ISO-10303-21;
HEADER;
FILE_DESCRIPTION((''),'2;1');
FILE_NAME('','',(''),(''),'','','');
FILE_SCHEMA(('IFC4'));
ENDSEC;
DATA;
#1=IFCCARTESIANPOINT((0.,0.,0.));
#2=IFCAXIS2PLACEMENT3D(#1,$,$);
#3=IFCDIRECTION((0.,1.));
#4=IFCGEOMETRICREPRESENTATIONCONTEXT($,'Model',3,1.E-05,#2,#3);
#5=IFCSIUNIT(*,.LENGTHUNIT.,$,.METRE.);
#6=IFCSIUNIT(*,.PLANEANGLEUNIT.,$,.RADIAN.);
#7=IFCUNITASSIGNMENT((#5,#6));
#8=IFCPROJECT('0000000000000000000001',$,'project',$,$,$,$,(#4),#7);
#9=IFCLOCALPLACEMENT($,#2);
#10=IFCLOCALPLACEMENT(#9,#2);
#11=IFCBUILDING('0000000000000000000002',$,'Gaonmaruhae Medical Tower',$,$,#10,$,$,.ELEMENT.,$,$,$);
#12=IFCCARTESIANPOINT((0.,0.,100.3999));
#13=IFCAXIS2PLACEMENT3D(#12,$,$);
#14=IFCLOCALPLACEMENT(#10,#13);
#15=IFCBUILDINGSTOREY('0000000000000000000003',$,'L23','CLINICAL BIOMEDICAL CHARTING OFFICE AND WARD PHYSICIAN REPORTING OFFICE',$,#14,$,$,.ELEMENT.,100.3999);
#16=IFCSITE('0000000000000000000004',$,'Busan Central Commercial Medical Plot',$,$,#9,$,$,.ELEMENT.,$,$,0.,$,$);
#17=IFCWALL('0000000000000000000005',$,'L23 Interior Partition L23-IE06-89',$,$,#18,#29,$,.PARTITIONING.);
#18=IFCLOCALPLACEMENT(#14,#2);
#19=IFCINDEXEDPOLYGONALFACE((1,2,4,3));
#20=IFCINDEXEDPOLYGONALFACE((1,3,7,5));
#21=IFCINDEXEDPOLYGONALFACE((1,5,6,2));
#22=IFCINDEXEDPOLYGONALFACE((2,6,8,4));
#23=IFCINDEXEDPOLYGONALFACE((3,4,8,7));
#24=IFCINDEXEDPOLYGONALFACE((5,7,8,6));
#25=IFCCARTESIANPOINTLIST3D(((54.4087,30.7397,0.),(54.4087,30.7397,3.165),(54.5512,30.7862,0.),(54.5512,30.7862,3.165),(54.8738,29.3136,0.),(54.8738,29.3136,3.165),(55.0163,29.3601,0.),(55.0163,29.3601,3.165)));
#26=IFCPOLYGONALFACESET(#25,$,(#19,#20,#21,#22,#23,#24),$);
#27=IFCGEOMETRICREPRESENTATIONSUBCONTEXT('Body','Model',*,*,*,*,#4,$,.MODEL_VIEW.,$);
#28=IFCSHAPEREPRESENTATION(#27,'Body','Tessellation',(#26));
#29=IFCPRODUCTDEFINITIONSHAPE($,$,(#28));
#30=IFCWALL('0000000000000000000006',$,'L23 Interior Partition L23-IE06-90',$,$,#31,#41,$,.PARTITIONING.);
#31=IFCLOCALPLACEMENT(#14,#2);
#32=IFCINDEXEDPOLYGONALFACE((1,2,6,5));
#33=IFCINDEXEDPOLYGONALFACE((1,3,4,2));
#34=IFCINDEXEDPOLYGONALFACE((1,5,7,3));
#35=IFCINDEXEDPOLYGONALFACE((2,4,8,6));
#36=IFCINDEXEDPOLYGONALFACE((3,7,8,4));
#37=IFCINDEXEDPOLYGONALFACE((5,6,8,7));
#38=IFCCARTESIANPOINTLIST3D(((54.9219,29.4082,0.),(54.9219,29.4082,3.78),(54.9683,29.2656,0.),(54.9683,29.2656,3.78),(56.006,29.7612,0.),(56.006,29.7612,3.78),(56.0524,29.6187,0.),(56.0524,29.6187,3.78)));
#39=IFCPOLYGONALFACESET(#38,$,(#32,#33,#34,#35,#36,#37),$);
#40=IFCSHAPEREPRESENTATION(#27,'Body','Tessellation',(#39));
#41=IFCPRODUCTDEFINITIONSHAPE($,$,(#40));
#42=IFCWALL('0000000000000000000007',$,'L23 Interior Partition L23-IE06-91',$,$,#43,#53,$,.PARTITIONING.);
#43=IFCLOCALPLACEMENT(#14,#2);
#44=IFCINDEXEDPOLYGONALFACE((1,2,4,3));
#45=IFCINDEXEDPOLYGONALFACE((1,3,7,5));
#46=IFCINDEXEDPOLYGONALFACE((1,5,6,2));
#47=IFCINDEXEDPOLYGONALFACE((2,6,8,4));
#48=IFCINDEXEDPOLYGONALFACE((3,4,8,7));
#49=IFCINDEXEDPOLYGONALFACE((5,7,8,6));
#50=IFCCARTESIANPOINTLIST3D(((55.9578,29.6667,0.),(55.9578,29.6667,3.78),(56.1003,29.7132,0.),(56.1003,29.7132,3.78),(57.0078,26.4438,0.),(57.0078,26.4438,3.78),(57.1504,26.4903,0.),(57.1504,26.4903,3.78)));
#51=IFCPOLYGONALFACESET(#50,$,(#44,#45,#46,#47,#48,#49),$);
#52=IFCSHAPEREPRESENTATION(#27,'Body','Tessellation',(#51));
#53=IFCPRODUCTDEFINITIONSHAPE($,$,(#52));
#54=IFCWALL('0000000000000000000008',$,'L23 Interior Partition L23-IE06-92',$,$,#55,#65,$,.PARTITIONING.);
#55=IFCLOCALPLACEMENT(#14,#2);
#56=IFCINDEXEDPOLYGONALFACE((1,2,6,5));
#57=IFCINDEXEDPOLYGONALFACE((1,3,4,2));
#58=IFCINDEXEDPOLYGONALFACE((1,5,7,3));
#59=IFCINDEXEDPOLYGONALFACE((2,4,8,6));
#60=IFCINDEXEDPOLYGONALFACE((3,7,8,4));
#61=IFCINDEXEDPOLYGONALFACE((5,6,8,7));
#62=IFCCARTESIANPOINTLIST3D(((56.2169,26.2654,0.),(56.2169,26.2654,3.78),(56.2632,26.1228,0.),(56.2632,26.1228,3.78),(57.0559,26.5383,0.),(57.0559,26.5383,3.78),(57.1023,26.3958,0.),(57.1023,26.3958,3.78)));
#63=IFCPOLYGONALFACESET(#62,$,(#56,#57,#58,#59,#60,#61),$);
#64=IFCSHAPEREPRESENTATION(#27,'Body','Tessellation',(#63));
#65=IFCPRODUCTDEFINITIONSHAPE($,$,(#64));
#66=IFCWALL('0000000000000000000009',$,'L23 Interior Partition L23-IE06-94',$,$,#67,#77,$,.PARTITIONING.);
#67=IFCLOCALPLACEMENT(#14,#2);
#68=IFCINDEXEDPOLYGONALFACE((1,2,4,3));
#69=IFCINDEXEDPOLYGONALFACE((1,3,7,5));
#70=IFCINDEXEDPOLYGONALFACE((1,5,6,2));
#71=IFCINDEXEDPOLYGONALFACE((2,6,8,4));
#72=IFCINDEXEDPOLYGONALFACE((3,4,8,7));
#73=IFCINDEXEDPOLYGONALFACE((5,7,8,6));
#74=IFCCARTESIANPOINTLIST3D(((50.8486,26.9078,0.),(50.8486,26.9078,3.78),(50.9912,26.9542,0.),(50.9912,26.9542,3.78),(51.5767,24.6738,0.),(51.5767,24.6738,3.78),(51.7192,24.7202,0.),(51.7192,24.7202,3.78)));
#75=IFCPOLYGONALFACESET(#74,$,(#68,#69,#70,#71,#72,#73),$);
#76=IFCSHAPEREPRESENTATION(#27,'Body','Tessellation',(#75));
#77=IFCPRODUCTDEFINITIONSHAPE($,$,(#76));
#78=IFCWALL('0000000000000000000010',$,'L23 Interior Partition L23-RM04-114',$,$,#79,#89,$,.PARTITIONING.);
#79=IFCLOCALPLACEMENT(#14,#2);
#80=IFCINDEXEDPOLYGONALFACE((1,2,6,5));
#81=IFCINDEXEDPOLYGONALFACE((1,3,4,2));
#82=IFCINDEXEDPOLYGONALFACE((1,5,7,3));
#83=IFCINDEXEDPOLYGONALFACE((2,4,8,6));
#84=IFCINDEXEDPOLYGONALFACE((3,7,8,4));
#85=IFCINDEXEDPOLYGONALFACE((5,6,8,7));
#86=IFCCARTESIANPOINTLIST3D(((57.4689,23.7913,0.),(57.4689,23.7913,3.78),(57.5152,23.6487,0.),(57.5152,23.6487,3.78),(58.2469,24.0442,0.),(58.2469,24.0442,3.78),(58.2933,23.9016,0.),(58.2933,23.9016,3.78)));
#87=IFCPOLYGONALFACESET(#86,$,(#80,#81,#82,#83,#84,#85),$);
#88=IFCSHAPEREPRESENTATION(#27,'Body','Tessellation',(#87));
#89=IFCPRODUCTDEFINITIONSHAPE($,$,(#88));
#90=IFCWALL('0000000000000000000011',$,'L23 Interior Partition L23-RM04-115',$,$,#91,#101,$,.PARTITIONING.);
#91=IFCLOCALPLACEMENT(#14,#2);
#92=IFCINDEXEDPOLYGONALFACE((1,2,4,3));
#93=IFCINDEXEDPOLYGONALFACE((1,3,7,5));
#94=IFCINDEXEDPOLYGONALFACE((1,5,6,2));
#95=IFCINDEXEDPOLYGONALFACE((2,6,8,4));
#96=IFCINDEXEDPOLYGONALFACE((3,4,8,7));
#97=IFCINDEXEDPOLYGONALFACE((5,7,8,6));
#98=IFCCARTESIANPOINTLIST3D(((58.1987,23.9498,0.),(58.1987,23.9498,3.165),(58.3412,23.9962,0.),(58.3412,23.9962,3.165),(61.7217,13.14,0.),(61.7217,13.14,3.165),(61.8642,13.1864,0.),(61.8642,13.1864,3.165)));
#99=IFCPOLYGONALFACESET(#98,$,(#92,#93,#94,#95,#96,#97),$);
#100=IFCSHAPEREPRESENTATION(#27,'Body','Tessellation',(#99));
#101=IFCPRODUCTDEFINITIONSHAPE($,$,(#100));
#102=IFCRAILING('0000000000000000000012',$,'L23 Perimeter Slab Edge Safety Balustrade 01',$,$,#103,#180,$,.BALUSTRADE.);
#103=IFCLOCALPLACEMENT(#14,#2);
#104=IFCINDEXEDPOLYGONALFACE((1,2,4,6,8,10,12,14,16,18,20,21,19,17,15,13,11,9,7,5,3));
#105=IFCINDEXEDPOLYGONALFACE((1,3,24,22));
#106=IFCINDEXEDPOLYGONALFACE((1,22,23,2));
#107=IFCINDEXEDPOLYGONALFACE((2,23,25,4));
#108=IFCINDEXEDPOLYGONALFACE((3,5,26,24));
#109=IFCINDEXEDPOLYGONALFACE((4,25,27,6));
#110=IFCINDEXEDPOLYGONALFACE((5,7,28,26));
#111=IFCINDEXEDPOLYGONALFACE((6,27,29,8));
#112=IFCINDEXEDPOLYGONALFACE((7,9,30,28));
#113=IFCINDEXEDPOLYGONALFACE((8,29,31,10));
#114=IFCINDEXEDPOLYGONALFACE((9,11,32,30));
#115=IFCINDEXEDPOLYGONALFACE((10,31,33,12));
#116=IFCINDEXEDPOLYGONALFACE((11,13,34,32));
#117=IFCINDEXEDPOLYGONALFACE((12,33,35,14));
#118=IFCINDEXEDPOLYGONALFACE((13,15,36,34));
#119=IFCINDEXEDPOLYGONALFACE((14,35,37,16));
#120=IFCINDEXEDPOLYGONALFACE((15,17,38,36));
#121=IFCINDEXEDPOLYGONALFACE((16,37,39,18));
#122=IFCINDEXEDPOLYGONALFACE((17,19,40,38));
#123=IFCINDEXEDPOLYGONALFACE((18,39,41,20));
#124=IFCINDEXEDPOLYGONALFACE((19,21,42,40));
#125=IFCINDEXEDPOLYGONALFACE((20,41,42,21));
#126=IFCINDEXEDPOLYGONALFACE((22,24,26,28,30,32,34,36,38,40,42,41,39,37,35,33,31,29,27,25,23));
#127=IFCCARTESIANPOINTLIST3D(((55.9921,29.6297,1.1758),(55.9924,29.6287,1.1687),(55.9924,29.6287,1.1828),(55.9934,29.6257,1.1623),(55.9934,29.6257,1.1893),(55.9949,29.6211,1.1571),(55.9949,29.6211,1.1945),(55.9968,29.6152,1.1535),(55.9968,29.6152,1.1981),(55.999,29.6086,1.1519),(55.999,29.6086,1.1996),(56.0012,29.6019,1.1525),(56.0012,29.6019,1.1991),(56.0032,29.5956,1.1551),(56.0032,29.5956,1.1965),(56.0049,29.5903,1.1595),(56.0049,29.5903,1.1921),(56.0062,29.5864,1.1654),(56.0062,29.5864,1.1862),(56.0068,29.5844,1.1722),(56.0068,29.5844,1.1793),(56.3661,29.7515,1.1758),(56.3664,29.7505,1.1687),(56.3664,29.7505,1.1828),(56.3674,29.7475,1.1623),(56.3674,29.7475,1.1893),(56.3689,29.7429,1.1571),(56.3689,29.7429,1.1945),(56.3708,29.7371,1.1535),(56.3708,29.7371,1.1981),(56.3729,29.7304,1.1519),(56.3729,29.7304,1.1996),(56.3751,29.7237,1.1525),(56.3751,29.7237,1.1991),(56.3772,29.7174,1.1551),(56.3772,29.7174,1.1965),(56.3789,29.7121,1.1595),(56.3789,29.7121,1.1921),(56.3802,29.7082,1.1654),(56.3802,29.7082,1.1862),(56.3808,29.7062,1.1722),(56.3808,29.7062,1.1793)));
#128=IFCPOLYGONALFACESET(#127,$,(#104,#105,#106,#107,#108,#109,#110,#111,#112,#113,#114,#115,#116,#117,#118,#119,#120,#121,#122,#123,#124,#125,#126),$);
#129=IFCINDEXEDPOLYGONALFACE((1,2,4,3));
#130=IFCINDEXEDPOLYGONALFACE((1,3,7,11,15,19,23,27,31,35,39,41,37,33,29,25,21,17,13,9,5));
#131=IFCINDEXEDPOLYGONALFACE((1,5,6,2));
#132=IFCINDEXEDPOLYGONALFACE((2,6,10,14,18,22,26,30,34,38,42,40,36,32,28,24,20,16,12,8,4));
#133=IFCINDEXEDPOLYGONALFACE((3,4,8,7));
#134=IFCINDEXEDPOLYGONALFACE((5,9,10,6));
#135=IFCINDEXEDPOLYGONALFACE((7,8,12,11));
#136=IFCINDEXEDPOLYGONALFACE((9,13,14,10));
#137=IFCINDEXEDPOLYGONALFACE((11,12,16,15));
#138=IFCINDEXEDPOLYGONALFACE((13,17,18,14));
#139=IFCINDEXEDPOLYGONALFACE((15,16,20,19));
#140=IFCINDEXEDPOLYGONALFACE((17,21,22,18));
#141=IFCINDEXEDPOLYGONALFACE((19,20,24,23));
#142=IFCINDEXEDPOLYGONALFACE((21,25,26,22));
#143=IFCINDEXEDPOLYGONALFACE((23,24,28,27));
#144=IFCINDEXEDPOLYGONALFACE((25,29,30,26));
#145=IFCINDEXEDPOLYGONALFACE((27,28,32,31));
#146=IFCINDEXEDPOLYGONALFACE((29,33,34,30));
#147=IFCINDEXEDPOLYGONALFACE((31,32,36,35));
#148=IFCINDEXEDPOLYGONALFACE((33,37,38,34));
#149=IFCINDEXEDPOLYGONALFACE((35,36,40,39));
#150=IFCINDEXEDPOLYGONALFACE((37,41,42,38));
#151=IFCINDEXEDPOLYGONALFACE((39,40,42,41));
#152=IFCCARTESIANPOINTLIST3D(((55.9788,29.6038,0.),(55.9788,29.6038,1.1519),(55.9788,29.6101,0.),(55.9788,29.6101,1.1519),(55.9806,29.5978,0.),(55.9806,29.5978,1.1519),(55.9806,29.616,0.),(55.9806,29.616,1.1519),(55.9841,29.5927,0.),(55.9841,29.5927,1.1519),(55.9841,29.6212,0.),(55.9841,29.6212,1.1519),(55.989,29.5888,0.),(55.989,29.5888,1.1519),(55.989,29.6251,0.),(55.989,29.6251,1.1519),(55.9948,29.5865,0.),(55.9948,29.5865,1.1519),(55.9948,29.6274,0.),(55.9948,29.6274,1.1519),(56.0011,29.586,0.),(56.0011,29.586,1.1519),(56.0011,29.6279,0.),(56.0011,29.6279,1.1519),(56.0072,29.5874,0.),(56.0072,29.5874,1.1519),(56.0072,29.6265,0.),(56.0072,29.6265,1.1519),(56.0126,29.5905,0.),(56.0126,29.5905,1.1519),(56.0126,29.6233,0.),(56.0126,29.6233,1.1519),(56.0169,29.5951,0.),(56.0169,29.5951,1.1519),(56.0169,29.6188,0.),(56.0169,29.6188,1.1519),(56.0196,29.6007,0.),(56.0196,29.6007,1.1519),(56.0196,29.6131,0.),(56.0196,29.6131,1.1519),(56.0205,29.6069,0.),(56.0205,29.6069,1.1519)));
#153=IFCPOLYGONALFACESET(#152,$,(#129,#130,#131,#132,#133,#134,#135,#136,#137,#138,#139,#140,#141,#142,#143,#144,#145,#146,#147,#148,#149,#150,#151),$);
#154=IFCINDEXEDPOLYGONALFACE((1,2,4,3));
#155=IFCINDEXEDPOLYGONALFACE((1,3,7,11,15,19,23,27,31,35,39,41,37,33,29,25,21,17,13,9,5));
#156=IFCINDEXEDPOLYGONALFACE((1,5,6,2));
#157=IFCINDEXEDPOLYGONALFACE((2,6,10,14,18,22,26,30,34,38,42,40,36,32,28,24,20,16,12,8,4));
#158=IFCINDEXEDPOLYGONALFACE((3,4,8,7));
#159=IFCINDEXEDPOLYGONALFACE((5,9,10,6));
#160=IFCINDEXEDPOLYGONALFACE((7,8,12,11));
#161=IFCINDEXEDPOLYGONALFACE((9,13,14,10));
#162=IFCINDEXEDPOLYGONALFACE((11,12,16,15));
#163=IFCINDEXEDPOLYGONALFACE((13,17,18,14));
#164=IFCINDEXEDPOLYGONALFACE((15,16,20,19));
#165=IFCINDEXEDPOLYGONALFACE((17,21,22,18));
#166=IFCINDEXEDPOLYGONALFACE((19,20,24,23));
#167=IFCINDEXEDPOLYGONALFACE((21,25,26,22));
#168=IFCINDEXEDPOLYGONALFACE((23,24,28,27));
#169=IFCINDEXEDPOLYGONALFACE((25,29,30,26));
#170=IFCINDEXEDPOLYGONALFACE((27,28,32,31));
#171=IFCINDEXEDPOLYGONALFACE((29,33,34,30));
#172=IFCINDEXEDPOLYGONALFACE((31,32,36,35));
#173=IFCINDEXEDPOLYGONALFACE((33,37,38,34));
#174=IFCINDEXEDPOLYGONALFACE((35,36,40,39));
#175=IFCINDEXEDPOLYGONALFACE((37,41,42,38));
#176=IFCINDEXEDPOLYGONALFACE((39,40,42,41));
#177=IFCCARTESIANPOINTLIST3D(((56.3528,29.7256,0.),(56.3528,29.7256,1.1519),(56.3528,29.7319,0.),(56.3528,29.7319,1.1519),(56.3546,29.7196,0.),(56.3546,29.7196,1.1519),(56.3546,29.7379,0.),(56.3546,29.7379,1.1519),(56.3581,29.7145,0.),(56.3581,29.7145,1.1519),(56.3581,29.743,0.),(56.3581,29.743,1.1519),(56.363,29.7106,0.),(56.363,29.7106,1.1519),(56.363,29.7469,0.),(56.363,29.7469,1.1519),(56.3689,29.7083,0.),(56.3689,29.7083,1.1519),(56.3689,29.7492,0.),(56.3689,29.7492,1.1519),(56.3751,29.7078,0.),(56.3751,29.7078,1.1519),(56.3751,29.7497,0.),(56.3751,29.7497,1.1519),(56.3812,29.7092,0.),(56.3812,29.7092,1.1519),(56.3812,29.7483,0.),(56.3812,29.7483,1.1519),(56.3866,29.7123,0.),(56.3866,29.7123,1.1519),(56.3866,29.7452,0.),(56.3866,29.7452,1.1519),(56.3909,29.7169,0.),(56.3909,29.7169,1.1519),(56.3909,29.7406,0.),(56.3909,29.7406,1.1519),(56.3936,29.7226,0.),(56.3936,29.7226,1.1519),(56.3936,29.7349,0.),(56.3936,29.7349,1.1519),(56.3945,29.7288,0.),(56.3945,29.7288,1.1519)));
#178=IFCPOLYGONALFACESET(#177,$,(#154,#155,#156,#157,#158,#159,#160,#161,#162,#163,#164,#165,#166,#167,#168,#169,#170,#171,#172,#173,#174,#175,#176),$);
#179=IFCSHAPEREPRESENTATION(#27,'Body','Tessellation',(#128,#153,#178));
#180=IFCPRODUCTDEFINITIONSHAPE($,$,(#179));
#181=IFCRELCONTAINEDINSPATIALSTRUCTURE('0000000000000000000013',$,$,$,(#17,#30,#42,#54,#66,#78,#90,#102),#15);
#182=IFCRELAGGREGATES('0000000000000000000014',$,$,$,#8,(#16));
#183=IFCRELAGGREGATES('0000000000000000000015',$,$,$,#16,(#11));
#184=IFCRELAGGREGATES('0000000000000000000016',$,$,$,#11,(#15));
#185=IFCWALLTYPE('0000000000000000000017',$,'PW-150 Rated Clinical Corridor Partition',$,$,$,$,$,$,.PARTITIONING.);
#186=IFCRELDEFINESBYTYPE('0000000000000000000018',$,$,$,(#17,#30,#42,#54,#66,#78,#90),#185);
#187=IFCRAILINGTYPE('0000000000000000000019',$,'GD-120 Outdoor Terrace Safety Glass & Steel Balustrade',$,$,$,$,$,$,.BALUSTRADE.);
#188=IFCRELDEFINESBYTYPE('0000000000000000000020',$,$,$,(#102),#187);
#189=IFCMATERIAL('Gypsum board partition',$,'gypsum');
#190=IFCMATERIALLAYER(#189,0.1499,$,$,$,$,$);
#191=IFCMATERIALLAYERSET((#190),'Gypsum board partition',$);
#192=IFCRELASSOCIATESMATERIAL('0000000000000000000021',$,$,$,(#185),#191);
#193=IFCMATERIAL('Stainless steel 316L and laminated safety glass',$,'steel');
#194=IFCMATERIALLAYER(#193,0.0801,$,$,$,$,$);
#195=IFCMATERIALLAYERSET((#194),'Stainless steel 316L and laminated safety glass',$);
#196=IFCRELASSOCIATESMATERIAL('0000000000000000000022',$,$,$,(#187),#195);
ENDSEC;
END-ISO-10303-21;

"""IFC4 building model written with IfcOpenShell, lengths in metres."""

from ifc_helpers import new_model, si_unit, direction, frame, frame_2d, origin, origin_2d, place, context, subcontext, project, spatial, rectangle, circle, extrude, material, layer, layer_set, type_object, element, save


model = new_model("IFC4")

# Units and contexts
model_context = context("Model", 3, precision=1e-05, world=origin(), true_north=direction((0.0, 1.0)))
body_context = subcontext(model_context, "Body", "Model", "MODEL_VIEW")
ifc_project = project(units=[si_unit("LENGTHUNIT", "METRE"), si_unit("PLANEANGLEUNIT", "RADIAN")], contexts=[model_context])

# Site, building, storey
site_placement = place(None, origin())
site = spatial("IfcSite", under=ifc_project, at=site_placement, Name="Busan Central Commercial Medical Plot", CompositionType="ELEMENT", RefElevation=0.0)
building_placement = place(site_placement, origin())
building = spatial("IfcBuilding", under=site, at=building_placement, Name="Gaonmaruhae Medical Tower", CompositionType="ELEMENT")
storey_placement = place(building_placement, frame((0.0, 0.0, 100.3999)))
storey = spatial("IfcBuildingStorey", under=building, at=storey_placement, Name="L23", Description="CLINICAL BIOMEDICAL CHARTING OFFICE AND WARD PHYSICIAN REPORTING OFFICE", CompositionType="ELEMENT", Elevation=100.3999)

# Shared definitions
ifc_material_1 = material(Name="Gypsum board partition", Category="gypsum")
ifc_layer_1 = layer(ifc_material_1, 0.1499)
ifc_layer_set_1 = layer_set([ifc_layer_1], Name="Gypsum board partition")
wall_type_1 = type_object("IfcWallType", Name="PW-150 Rated Clinical Corridor Partition", PredefinedType="PARTITIONING", material=ifc_layer_set_1)

# Walls
wall_1_placement = place(storey_placement, frame((54.48, 30.7629, 0.0), z_axis=(0.0, 0.0, 1.0), x_axis=(0.310069, -0.950714, 0.0)))
element("IfcWall", 1, at=wall_1_placement, inside=storey, type_object=wall_type_1, Name="L23 Interior Partition L23-IE06-89", PredefinedType="PARTITIONING", context=body_context, shape_type="SweptSolid", body=[
    extrude(rectangle(XDim=1.5, YDim=0.1499, at=frame_2d((0.75, 0.0))), origin(), (0.0, 0.0, 1.0), 3.165),
])
wall_2_placement = place(storey_placement, frame((54.9451, 29.3369, 0.0), z_axis=(0.0, 0.0, 1.0), x_axis=(0.950845, 0.309667, 0.0)))
element("IfcWall", 2, at=wall_2_placement, inside=storey, type_object=wall_type_1, Name="L23 Interior Partition L23-IE06-90", PredefinedType="PARTITIONING", context=body_context, shape_type="SweptSolid", body=[
    extrude(rectangle(XDim=1.1401, YDim=0.1499, at=frame_2d((0.5701, 0.0))), origin(), (0.0, 0.0, 1.0), 3.78),
])
wall_3_placement = place(storey_placement, frame((56.0291, 29.6899, 0.0), z_axis=(0.0, 0.0, 1.0), x_axis=(0.309781, -0.950808, 0.0)))
element("IfcWall", 3, at=wall_3_placement, inside=storey, type_object=wall_type_1, Name="L23 Interior Partition L23-IE06-91", PredefinedType="PARTITIONING", context=body_context, shape_type="SweptSolid", body=[
    extrude(rectangle(XDim=3.3896, YDim=0.1499, at=frame_2d((1.6948, 0.0))), origin(), (0.0, 0.0, 1.0), 3.78),
])
wall_4_placement = place(storey_placement, frame((57.0791, 26.467, 0.0), z_axis=(0.0, 0.0, 1.0), x_axis=(-0.950955, -0.30933, 0.0)))
element("IfcWall", 4, at=wall_4_placement, inside=storey, type_object=wall_type_1, Name="L23 Interior Partition L23-IE06-92", PredefinedType="PARTITIONING", context=body_context, shape_type="SweptSolid", body=[
    extrude(rectangle(XDim=0.8823, YDim=0.1499, at=frame_2d((0.4412, 0.0))), origin(), (0.0, 0.0, 1.0), 3.78),
])

# Walls
wall_5_placement = place(storey_placement, frame((51.6479, 24.697, 0.0), z_axis=(0.0, 0.0, 1.0), x_axis=(-0.309861, 0.950782, 0.0)))
element("IfcWall", 5, at=wall_5_placement, inside=storey, type_object=wall_type_1, Name="L23 Interior Partition L23-IE06-94", PredefinedType="PARTITIONING", context=body_context, shape_type="SweptSolid", body=[
    extrude(rectangle(XDim=2.3496, YDim=0.1499, at=frame_2d((1.1748, 0.0))), origin(), (0.0, 0.0, 1.0), 3.78),
])
wall_6_placement = place(storey_placement, frame((57.4919, 23.72, 0.0), z_axis=(0.0, 0.0, 1.0), x_axis=(0.951014, 0.309147, 0.0)))
element("IfcWall", 6, at=wall_6_placement, inside=storey, type_object=wall_type_1, Name="L23 Interior Partition L23-RM04-114", PredefinedType="PARTITIONING", context=body_context, shape_type="SweptSolid", body=[
    extrude(rectangle(XDim=0.8181, YDim=0.1499, at=frame_2d((0.4092, 0.0))), origin(), (0.0, 0.0, 1.0), 3.78),
])
wall_7_placement = place(storey_placement, frame((58.27, 23.9729, 0.0), z_axis=(0.0, 0.0, 1.0), x_axis=(0.309862, -0.950781, 0.0)))
element("IfcWall", 7, at=wall_7_placement, inside=storey, type_object=wall_type_1, Name="L23 Interior Partition L23-RM04-115", PredefinedType="PARTITIONING", context=body_context, shape_type="SweptSolid", body=[
    extrude(rectangle(XDim=11.3694, YDim=0.1499, at=frame_2d((5.6846, 0.0))), origin(), (0.0, 0.0, 1.0), 3.165),
])

# Railing
ifc_material_2 = material(Name="Stainless steel 316L and laminated safety glass", Category="steel")
ifc_layer_2 = layer(ifc_material_2, 0.0801)
ifc_layer_set_2 = layer_set([ifc_layer_2], Name="Stainless steel 316L and laminated safety glass")
railing_type = type_object("IfcRailingType", Name="GD-120 Outdoor Terrace Safety Glass & Steel Balustrade", PredefinedType="BALUSTRADE", material=ifc_layer_set_2)
railing_1_placement = place(storey_placement, frame((55.9995, 29.6069, 0.0)))
element("IfcRailing", 8, at=railing_1_placement, inside=storey, type_object=railing_type, Name="L23 Perimeter Slab Edge Safety Balustrade 01", PredefinedType="BALUSTRADE", context=body_context, shape_type="SweptSolid", body=[
    extrude(circle(Radius=0.0239, at=origin_2d()), frame((0.0, 0.0, 1.1758), z_axis=(0.950833, 0.309703, 0.0), x_axis=(-0.309703, 0.950833, 0.0)), (0.0, 0.0, 1.0), 0.3933),
    extrude(circle(Radius=0.021, at=origin_2d()), origin(), (0.0, 0.0, 1.0), 1.1519),
    extrude(circle(Radius=0.021, at=origin_2d()), frame((0.374, 0.1218, 0.0)), (0.0, 0.0, 1.0), 1.1519),
])

save(model, "model.ifc")
